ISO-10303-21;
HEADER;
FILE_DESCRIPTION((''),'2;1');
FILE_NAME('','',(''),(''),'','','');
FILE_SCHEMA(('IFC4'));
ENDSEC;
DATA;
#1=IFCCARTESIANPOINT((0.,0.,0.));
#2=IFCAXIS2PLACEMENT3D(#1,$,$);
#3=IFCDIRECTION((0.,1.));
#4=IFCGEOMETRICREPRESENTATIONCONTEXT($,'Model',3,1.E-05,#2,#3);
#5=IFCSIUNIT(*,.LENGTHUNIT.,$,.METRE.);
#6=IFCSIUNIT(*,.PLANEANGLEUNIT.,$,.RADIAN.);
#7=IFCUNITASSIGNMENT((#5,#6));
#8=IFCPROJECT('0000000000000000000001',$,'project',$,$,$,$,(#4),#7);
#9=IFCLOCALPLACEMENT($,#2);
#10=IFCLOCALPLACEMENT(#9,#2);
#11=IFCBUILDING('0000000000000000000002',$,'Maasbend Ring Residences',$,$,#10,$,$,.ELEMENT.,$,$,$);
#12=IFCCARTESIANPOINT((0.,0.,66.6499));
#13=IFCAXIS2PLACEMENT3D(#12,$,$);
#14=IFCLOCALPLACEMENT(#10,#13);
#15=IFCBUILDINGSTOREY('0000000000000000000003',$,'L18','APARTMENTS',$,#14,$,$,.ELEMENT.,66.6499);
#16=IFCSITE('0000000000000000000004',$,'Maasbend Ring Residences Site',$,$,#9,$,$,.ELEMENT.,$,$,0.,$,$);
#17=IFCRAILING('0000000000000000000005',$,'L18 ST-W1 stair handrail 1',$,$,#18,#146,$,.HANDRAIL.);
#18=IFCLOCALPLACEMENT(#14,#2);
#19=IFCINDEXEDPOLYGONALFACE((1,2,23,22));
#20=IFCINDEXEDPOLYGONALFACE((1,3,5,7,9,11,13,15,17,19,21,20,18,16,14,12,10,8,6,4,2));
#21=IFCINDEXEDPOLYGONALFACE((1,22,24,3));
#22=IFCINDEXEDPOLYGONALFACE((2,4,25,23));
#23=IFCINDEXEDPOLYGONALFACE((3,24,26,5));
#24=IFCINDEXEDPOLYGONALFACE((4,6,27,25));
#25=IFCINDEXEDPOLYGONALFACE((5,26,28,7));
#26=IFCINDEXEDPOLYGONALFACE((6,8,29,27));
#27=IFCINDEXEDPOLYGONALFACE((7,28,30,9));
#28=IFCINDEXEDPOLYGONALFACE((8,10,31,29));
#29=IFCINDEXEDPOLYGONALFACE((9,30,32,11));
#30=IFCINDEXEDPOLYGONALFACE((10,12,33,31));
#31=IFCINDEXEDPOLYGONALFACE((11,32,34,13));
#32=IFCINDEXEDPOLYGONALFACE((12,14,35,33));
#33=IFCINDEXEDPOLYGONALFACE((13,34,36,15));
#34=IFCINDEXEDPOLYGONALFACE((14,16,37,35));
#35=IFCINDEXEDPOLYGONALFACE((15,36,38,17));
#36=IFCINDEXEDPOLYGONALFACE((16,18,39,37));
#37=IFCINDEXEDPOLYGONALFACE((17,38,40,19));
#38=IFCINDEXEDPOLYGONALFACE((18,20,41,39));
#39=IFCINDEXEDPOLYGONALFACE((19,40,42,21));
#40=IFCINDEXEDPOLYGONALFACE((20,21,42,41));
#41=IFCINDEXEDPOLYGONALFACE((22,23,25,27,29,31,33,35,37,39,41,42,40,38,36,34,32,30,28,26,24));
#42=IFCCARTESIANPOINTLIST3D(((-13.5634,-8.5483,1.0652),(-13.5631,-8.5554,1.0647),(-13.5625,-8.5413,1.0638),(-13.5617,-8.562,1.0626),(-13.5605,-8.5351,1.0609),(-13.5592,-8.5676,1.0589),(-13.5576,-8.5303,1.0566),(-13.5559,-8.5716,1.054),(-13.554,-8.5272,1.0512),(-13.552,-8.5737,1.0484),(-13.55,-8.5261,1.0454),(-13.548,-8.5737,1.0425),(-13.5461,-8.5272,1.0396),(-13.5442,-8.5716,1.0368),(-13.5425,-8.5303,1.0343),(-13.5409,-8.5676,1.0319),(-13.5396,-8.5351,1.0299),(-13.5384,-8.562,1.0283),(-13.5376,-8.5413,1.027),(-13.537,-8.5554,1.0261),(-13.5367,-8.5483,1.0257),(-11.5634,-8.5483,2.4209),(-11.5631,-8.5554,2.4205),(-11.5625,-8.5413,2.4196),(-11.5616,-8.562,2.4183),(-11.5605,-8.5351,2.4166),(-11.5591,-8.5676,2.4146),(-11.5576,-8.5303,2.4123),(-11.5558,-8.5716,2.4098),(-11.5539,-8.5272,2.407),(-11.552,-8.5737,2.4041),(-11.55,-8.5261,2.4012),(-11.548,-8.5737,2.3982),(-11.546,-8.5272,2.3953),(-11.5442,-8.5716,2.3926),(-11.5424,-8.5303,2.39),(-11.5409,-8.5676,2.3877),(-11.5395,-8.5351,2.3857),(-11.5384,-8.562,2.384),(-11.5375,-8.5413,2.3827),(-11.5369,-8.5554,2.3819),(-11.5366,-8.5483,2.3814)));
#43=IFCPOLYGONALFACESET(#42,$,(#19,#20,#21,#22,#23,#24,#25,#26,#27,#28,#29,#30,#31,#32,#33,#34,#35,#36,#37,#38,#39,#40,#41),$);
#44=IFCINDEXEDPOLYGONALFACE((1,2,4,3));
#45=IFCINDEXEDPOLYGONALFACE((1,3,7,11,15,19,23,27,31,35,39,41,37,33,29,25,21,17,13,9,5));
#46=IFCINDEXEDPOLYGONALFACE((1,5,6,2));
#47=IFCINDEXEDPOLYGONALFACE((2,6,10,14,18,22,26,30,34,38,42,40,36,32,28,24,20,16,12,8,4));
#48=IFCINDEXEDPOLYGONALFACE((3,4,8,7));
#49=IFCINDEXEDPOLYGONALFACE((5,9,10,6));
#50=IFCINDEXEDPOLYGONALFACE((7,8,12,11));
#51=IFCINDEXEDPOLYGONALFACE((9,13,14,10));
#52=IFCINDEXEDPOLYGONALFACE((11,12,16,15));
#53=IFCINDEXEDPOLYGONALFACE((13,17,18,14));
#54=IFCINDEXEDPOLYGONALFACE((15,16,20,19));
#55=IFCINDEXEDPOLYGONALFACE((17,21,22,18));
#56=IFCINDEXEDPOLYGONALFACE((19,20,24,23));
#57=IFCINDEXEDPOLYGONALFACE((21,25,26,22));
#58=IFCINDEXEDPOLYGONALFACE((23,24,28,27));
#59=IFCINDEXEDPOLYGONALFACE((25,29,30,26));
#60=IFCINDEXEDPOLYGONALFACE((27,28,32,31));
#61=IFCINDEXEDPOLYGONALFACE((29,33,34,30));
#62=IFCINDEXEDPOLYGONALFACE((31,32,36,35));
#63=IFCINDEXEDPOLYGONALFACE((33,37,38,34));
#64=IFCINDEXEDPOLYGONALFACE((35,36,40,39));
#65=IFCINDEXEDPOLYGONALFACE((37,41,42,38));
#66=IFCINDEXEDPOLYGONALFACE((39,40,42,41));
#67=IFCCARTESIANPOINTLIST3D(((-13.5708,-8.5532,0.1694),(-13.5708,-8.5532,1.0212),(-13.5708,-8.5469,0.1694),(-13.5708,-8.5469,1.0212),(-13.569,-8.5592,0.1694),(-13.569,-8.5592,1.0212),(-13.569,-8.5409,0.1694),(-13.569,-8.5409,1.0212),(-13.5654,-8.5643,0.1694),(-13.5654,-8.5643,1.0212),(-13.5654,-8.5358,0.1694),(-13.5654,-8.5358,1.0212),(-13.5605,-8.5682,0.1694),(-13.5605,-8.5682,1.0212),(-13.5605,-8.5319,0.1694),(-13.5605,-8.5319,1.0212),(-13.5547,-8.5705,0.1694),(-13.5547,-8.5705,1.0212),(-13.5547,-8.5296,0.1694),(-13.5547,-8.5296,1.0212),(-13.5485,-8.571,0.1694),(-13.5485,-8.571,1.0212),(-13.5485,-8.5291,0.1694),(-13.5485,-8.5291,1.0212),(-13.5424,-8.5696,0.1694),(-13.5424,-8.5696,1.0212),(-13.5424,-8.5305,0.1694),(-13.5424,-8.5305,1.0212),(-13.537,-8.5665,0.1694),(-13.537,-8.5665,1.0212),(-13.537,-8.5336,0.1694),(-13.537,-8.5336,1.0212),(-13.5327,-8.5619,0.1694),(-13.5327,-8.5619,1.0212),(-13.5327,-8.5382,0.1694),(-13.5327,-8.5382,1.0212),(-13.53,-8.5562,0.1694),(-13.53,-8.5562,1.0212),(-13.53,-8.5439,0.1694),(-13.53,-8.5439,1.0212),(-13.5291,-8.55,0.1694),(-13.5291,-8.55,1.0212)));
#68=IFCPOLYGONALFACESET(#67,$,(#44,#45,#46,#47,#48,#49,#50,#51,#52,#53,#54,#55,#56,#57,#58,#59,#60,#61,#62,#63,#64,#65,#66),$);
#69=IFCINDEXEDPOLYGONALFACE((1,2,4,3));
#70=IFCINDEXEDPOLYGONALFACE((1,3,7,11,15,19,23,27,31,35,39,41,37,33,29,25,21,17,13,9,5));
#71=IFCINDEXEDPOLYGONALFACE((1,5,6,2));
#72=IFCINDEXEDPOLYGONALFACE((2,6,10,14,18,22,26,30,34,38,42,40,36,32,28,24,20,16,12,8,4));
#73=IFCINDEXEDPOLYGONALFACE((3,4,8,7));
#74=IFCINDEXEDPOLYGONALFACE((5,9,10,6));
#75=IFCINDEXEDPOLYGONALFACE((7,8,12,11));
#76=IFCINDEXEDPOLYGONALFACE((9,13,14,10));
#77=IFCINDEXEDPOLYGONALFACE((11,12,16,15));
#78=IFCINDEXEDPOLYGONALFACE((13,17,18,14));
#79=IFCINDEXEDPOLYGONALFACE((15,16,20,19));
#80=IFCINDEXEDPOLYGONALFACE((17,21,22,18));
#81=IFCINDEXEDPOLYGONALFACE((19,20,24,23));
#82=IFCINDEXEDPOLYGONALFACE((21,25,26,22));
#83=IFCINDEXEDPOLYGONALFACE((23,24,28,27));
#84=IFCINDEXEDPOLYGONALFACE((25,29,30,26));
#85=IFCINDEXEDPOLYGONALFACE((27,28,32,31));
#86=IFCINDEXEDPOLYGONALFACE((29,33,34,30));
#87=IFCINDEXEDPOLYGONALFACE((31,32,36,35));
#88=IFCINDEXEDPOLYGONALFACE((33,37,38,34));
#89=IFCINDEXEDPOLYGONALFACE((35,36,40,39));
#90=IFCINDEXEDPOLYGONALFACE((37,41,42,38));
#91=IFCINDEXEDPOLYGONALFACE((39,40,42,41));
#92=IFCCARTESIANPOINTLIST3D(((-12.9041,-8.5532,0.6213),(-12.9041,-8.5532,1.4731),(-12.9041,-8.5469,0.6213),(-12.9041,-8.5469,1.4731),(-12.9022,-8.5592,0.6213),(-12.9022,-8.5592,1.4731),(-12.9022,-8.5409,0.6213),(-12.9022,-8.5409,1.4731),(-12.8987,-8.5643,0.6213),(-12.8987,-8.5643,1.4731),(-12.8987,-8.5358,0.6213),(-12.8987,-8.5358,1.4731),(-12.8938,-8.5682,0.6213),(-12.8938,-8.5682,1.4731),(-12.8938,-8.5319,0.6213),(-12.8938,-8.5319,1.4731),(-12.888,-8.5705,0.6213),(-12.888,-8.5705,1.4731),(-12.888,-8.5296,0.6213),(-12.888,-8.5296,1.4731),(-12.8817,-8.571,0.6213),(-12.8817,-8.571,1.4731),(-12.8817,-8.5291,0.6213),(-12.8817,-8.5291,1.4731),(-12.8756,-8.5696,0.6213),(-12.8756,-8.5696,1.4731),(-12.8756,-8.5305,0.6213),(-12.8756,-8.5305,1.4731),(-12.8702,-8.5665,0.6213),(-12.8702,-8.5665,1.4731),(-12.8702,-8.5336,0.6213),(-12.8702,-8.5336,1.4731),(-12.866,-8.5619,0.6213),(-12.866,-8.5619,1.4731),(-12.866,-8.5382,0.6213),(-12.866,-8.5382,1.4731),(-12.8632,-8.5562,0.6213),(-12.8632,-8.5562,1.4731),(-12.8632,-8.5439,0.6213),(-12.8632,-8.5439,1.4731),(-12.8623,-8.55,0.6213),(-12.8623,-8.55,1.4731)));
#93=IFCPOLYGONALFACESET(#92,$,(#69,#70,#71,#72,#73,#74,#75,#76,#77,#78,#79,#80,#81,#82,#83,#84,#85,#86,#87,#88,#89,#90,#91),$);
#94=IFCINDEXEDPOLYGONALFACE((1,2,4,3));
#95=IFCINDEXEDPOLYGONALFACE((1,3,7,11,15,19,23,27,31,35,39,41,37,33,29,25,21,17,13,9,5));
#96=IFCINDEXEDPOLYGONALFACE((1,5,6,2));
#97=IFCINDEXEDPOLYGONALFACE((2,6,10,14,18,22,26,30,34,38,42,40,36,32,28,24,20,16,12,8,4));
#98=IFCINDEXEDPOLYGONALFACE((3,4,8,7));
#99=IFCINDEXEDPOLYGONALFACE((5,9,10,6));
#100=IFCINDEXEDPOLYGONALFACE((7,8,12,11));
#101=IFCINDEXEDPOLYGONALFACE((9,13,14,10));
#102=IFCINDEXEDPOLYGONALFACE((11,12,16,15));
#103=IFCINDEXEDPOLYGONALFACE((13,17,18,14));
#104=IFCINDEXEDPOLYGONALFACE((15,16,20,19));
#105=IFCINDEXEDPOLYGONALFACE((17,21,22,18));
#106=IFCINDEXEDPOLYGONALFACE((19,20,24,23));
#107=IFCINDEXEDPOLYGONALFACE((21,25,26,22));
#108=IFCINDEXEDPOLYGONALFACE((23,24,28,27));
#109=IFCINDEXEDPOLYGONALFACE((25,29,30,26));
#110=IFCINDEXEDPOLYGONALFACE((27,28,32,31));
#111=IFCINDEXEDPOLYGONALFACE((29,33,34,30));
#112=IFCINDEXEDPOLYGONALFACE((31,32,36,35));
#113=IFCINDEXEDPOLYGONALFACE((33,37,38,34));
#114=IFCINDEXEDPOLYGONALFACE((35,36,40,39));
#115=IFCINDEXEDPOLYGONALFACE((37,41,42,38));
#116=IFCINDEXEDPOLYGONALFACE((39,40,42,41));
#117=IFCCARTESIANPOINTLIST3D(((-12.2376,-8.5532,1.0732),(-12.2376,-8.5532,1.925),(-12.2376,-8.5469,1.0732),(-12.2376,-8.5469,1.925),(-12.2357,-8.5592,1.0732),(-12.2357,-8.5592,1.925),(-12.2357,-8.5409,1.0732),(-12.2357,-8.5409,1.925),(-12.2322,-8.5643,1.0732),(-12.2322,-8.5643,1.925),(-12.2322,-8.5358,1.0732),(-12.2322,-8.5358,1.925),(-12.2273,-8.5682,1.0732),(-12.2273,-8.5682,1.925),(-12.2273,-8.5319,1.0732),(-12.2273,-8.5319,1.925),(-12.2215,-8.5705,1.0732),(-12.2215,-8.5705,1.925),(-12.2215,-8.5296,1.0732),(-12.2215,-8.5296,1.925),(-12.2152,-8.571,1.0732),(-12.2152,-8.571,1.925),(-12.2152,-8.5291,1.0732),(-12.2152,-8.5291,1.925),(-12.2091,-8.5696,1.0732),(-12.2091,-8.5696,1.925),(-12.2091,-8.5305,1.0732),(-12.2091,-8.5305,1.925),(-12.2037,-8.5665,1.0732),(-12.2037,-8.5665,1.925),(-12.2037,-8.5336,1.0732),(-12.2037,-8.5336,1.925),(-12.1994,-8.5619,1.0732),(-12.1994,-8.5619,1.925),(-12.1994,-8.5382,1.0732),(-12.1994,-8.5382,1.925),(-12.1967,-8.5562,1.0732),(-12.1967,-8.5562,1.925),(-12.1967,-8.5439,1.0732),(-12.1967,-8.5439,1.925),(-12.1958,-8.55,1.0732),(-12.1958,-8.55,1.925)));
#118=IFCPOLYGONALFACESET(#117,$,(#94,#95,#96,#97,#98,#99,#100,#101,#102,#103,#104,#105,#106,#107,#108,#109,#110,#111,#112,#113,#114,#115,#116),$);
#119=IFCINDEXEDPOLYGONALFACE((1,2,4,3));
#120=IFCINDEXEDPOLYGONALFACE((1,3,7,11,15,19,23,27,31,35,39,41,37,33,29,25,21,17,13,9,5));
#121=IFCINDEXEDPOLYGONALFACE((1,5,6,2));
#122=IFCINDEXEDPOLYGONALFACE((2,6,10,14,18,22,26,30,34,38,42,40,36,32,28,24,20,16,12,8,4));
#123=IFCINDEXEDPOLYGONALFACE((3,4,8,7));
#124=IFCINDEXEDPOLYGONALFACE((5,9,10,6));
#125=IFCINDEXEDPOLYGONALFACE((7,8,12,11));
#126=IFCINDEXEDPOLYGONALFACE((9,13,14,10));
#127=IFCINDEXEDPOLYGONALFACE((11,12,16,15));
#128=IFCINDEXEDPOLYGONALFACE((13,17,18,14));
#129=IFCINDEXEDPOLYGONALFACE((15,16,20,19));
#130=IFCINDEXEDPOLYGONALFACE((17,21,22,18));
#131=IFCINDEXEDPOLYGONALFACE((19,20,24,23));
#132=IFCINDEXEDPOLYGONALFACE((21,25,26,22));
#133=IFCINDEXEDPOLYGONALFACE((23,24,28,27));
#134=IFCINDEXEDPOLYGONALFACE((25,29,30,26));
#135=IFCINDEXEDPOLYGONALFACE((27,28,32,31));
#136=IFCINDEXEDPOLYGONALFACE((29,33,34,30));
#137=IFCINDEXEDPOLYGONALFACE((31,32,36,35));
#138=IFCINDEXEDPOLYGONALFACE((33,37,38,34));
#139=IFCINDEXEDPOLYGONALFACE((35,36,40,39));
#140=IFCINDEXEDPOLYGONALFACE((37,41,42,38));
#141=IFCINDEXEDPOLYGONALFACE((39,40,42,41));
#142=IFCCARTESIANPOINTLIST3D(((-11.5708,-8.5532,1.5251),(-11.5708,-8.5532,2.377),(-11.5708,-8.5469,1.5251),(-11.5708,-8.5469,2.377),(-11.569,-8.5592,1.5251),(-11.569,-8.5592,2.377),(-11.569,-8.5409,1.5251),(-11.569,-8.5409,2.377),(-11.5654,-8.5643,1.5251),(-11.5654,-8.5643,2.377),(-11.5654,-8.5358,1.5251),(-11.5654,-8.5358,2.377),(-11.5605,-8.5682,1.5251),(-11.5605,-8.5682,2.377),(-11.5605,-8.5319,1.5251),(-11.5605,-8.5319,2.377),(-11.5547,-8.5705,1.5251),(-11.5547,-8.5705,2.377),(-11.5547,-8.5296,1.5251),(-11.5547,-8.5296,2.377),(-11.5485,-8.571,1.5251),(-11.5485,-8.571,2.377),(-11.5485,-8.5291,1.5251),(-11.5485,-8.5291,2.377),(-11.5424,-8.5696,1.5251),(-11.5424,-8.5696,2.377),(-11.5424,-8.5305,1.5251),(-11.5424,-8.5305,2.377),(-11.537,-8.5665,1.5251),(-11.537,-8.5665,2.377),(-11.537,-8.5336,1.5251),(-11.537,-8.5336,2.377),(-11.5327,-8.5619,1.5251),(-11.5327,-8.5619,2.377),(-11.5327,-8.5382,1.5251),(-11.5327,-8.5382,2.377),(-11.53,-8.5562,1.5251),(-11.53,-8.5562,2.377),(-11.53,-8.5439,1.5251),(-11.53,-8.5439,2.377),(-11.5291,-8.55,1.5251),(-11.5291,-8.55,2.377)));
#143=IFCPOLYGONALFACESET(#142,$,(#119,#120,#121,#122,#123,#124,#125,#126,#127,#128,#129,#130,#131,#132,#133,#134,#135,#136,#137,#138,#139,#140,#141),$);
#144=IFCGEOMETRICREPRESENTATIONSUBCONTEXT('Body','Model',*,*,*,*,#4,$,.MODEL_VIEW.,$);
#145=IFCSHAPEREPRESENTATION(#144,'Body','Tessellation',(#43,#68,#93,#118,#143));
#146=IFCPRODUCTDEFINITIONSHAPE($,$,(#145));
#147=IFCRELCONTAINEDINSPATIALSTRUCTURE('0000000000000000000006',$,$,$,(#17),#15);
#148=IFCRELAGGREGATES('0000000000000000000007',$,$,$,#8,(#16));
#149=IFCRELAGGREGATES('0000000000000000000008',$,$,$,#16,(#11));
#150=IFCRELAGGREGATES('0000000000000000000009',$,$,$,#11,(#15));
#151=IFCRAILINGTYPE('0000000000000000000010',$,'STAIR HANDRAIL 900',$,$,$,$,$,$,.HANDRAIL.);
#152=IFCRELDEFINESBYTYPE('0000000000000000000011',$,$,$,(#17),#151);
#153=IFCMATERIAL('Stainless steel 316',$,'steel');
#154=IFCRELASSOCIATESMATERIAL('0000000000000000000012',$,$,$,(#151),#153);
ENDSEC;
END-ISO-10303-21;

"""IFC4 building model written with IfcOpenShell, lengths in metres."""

from ifc_helpers import new_model, si_unit, direction, frame, origin, origin_2d, place, context, subcontext, project, spatial, circle, extrude, material, type_object, element, save


model = new_model("IFC4")

# Units and contexts
model_context = context("Model", 3, precision=1e-05, world=origin(), true_north=direction((0.0, 1.0)))
body_context = subcontext(model_context, "Body", "Model", "MODEL_VIEW")
ifc_project = project(units=[si_unit("LENGTHUNIT", "METRE"), si_unit("PLANEANGLEUNIT", "RADIAN")], contexts=[model_context])

# Site, building, storey
site_placement = place(None, origin())
site = spatial("IfcSite", under=ifc_project, at=site_placement, Name="Maasbend Ring Residences Site", CompositionType="ELEMENT", RefElevation=0.0)
building_placement = place(site_placement, origin())
building = spatial("IfcBuilding", under=site, at=building_placement, Name="Maasbend Ring Residences", CompositionType="ELEMENT")
storey_placement = place(building_placement, frame((0.0, 0.0, 66.6499)))
storey = spatial("IfcBuildingStorey", under=building, at=storey_placement, Name="L18", Description="APARTMENTS", CompositionType="ELEMENT", Elevation=66.6499)

# Railing
ifc_material_1 = material(Name="Stainless steel 316", Category="steel")
railing_type_1 = type_object("IfcRailingType", Name="STAIR HANDRAIL 900", PredefinedType="HANDRAIL", material=ifc_material_1)
railing_1_placement = place(storey_placement, frame((-13.55, -8.55, 0.1694)))
element("IfcRailing", 1, at=railing_1_placement, inside=storey, type_object=railing_type_1, Name="L18 ST-W1 stair handrail 1", PredefinedType="HANDRAIL", context=body_context, shape_type="SweptSolid", body=[
    extrude(circle(Radius=0.0239, at=origin_2d()), frame((0.0, 0.0, 0.876), z_axis=(0.827751, 0.0, 0.561096), x_axis=(0.0, 1.0, 0.0)), (0.0, 0.0, 1.0), 2.4163),
    extrude(circle(Radius=0.021, at=origin_2d()), origin(), (0.0, 0.0, 1.0), 0.8518),
    extrude(circle(Radius=0.021, at=origin_2d()), frame((0.6667, 0.0, 0.4519)), (0.0, 0.0, 1.0), 0.8518),
    extrude(circle(Radius=0.021, at=origin_2d()), frame((1.3333, 0.0, 0.9038)), (0.0, 0.0, 1.0), 0.8518),
    extrude(circle(Radius=0.021, at=origin_2d()), frame((2.0, 0.0, 1.3557)), (0.0, 0.0, 1.0), 0.8518),
])

save(model, "model.ifc")
